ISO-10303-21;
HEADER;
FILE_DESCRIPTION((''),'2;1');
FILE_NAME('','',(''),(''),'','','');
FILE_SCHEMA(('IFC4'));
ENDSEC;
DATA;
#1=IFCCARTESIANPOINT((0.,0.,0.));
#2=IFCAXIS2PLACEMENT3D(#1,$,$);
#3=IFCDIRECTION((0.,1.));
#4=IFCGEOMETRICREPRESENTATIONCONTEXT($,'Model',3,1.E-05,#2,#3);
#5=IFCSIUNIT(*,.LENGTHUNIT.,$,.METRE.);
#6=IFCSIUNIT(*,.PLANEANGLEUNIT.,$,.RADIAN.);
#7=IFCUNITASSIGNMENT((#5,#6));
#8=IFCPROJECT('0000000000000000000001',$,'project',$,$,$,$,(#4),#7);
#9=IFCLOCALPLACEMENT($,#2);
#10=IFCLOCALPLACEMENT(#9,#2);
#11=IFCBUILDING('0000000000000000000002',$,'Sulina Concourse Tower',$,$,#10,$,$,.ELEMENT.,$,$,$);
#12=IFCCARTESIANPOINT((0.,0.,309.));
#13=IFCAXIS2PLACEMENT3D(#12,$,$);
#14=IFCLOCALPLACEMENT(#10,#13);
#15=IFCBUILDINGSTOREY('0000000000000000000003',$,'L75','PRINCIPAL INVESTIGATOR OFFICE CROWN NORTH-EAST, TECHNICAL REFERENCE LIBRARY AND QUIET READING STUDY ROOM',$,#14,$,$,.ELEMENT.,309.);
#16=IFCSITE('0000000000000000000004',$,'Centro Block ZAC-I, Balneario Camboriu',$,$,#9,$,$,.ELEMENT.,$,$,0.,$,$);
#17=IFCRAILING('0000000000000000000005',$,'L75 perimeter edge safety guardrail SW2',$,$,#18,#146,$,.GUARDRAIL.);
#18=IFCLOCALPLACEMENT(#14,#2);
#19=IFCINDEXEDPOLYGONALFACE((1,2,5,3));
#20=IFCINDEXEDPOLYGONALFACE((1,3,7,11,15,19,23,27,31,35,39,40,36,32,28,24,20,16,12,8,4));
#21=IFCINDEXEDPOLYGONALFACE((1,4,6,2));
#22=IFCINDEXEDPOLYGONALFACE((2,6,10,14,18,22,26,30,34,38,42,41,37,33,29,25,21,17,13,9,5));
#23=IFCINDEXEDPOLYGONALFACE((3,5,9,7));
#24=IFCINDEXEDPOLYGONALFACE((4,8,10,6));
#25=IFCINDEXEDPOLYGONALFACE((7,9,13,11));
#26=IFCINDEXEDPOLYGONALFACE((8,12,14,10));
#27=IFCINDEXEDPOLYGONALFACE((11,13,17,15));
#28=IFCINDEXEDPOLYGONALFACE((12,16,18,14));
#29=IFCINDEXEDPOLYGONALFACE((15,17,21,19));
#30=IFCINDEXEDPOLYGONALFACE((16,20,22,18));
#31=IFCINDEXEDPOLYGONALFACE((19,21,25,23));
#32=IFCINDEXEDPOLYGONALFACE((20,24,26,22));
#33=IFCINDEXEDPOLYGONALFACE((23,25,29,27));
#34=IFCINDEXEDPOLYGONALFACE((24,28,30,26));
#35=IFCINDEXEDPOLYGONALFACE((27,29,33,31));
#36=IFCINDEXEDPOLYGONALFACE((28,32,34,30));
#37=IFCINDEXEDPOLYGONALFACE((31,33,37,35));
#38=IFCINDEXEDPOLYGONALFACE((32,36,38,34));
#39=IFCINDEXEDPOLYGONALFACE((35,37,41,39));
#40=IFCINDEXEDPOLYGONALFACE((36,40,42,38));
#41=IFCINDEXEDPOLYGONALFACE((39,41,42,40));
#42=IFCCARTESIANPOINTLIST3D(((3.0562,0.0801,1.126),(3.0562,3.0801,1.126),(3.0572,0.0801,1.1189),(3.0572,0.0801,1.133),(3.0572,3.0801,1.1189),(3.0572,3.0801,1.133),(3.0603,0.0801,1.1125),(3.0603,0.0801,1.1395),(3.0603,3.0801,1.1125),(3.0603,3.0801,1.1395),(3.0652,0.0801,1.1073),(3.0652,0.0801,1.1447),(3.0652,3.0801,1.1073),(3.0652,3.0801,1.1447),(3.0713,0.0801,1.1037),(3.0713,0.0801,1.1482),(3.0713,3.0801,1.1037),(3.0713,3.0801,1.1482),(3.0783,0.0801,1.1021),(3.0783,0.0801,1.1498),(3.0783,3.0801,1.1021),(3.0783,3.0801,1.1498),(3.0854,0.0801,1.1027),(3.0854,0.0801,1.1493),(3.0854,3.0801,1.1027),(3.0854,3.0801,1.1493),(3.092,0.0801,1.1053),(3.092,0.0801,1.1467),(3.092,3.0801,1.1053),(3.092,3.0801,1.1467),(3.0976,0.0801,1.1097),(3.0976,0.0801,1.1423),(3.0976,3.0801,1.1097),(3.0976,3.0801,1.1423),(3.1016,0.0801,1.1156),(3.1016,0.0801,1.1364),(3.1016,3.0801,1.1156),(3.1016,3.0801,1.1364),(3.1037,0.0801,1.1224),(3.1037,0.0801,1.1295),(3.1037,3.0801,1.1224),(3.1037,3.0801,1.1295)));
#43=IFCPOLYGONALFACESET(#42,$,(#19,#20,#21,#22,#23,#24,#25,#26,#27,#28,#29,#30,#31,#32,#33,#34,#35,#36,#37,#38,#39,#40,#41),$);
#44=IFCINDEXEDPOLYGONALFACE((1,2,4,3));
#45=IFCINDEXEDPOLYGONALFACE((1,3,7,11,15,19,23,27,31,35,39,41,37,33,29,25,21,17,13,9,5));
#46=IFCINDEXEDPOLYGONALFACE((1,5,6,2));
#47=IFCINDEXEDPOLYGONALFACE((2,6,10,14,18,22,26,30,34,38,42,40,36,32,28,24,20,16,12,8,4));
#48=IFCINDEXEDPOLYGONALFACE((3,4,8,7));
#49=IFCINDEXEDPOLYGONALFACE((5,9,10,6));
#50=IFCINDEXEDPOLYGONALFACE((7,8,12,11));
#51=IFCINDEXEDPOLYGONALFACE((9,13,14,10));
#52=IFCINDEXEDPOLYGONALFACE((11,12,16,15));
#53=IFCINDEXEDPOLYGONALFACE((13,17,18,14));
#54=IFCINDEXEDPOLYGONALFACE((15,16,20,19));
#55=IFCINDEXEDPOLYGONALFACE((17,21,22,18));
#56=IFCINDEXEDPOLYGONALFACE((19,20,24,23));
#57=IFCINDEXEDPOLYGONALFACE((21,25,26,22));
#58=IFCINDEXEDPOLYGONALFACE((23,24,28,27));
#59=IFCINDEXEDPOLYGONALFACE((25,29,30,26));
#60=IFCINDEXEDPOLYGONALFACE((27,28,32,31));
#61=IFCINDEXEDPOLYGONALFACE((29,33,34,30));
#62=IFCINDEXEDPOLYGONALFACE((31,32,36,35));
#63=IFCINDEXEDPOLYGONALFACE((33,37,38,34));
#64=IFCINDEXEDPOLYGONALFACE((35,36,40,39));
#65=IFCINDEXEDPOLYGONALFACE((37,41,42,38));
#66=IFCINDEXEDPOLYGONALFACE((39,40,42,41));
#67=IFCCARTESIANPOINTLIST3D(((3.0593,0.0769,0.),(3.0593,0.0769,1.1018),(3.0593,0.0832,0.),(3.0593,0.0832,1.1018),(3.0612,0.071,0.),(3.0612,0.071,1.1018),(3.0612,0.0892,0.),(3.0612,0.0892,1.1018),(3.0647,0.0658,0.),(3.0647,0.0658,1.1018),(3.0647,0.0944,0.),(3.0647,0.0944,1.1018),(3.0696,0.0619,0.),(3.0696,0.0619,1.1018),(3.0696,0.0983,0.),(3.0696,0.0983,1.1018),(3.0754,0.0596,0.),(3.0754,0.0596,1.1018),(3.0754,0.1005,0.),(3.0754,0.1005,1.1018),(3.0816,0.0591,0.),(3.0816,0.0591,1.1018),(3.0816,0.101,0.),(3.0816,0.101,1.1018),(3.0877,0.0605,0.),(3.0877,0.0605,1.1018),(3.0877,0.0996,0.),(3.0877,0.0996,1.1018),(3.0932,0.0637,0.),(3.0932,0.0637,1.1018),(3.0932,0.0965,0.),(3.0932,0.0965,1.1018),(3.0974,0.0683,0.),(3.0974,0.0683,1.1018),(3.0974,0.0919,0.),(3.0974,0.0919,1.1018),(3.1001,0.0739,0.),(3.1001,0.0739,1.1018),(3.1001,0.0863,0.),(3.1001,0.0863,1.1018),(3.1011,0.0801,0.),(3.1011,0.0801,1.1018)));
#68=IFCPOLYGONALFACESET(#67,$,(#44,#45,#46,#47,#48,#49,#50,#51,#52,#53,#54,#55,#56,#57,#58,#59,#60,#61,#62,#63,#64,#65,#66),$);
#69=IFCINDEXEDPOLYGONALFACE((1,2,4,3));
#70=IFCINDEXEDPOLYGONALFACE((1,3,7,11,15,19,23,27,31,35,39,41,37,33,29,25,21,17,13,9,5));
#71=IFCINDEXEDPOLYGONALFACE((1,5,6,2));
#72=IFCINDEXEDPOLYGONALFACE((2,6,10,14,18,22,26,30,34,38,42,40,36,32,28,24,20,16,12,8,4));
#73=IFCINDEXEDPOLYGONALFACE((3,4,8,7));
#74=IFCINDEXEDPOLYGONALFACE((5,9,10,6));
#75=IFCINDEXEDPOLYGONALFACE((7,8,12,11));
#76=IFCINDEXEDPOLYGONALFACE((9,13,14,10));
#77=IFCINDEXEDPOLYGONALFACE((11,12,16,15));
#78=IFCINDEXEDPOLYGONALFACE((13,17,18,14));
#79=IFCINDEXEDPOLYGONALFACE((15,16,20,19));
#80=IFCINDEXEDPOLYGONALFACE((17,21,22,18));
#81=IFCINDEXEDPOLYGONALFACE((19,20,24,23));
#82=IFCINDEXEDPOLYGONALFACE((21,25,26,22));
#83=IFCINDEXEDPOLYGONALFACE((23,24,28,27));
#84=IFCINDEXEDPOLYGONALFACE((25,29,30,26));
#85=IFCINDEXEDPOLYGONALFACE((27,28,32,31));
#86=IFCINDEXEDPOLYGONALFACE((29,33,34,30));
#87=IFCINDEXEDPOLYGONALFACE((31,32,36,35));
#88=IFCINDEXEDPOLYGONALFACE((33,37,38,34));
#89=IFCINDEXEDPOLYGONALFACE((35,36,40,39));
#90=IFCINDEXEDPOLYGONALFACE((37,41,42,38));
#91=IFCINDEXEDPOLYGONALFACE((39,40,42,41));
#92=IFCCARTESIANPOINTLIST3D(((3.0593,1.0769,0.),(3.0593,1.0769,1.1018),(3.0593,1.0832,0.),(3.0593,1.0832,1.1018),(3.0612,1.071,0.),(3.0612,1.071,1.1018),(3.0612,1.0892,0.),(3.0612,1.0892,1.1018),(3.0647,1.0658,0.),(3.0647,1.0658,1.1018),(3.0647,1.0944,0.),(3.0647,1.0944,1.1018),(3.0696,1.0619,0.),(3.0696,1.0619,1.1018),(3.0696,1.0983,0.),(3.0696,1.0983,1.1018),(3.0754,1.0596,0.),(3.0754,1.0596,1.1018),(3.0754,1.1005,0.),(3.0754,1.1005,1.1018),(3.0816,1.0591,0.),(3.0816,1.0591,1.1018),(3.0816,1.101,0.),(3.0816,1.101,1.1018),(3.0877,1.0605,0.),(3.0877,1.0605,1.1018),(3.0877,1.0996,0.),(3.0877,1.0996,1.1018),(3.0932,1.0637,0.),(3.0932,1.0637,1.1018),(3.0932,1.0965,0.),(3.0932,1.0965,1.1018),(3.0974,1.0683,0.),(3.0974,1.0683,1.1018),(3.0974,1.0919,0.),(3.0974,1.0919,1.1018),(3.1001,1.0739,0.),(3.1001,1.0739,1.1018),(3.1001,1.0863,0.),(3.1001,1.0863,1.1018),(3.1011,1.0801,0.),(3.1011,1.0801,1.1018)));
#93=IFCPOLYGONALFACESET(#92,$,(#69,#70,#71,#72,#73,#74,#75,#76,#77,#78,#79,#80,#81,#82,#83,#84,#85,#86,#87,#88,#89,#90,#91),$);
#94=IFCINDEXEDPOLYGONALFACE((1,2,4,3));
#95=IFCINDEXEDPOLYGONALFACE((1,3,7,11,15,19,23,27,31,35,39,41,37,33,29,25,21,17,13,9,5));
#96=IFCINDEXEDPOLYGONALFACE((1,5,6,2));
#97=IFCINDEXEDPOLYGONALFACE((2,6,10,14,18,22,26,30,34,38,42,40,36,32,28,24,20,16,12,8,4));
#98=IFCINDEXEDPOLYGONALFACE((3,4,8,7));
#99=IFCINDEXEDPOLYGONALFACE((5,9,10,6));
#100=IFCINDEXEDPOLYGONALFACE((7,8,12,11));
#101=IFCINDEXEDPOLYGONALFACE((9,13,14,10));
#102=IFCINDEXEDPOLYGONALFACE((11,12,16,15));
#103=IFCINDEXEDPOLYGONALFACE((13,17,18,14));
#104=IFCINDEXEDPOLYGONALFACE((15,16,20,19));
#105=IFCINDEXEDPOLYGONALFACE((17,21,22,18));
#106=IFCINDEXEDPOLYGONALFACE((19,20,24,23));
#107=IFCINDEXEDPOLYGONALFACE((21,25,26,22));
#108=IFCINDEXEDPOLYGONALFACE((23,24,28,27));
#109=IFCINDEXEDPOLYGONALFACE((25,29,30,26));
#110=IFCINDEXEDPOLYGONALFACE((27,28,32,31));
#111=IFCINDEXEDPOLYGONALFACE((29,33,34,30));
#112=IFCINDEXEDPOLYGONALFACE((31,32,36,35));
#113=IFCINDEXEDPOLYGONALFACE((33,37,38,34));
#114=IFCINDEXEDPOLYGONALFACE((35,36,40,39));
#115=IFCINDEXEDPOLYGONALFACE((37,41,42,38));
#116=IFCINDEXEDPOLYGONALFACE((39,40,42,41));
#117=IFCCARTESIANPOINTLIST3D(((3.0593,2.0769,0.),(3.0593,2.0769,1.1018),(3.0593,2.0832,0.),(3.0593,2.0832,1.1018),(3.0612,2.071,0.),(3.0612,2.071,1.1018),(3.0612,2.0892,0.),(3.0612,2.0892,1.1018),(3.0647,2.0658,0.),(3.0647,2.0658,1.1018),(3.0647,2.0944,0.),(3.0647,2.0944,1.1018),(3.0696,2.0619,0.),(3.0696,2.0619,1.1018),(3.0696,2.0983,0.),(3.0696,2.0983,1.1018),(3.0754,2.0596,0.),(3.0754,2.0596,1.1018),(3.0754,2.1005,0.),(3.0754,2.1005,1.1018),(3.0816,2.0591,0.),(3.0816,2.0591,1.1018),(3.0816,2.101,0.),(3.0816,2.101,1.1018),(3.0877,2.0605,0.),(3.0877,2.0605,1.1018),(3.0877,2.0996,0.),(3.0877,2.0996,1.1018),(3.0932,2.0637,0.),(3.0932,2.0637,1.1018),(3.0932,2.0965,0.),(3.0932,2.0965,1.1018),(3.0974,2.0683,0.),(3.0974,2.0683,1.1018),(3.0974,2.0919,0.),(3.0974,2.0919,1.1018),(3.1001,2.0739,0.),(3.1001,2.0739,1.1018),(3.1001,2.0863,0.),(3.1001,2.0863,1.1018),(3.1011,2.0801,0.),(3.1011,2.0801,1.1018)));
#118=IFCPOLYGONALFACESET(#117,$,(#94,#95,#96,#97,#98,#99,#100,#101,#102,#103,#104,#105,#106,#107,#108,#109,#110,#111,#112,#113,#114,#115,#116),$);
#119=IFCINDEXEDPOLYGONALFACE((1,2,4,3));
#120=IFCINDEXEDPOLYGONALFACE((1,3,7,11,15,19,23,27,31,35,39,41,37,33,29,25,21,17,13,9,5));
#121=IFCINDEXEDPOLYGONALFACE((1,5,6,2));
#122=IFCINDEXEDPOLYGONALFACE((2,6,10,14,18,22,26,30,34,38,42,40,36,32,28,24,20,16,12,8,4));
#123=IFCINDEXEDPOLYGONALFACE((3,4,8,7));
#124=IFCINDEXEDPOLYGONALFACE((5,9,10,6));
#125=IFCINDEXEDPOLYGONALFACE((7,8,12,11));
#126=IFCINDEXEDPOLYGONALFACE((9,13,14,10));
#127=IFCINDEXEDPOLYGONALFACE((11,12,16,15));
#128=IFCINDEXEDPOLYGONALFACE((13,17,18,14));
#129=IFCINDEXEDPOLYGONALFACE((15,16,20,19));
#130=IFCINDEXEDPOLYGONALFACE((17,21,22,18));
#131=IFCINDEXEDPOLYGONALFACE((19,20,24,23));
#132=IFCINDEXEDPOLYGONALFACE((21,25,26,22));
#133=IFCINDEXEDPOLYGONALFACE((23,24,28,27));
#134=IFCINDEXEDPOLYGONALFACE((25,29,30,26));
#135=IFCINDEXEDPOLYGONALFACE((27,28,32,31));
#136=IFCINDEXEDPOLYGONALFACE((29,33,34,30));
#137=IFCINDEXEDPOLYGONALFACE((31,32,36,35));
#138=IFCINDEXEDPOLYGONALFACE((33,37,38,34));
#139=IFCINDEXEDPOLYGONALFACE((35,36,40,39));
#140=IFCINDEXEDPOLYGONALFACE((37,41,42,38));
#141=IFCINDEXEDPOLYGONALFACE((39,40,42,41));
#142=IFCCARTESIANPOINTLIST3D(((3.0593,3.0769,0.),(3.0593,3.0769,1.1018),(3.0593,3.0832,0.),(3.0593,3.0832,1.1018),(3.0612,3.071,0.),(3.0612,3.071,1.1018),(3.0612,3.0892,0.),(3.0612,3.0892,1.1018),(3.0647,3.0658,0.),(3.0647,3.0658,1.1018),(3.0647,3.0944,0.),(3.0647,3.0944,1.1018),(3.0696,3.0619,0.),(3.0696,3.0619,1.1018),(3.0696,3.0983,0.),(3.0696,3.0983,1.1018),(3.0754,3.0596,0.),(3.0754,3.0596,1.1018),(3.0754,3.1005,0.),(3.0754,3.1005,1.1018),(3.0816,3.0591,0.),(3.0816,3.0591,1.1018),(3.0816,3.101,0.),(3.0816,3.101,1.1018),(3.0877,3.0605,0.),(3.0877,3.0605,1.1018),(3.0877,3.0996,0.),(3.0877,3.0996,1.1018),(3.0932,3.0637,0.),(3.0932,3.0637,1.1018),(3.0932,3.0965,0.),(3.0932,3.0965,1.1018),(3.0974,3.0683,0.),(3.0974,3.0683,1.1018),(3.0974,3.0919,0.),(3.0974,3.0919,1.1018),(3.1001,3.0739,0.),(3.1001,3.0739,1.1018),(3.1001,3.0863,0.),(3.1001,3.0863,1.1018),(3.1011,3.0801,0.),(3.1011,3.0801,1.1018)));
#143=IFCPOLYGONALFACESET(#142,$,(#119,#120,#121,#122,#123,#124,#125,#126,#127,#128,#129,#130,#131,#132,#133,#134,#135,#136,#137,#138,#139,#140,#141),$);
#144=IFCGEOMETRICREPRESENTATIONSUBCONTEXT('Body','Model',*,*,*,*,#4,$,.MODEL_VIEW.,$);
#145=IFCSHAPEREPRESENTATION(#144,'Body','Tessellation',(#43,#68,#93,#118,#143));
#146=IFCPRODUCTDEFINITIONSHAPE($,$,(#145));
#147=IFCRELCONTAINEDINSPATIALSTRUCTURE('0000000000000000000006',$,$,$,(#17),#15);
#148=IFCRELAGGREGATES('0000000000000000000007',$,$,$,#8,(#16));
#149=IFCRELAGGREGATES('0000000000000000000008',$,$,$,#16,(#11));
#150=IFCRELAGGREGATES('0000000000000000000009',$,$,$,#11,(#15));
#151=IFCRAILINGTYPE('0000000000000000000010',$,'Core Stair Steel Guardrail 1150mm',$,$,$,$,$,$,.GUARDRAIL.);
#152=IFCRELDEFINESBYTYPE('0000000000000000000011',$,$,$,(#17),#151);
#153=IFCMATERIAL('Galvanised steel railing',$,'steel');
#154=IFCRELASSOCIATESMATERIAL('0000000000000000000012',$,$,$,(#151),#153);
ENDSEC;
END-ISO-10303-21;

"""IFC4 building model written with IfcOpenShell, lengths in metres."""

from ifc_helpers import new_model, si_unit, direction, frame, origin, origin_2d, place, context, subcontext, project, spatial, circle, extrude, material, type_object, element, save


model = new_model("IFC4")

# Units and contexts
model_context = context("Model", 3, precision=1e-05, world=origin(), true_north=direction((0.0, 1.0)))
body_context = subcontext(model_context, "Body", "Model", "MODEL_VIEW")
ifc_project = project(units=[si_unit("LENGTHUNIT", "METRE"), si_unit("PLANEANGLEUNIT", "RADIAN")], contexts=[model_context])

# Site, building, storey
site_placement = place(None, origin())
site = spatial("IfcSite", under=ifc_project, at=site_placement, Name="Centro Block ZAC-I, Balneario Camboriu", CompositionType="ELEMENT", RefElevation=0.0)
building_placement = place(site_placement, origin())
building = spatial("IfcBuilding", under=site, at=building_placement, Name="Sulina Concourse Tower", CompositionType="ELEMENT")
storey_placement = place(building_placement, frame((0.0, 0.0, 309.0)))
storey = spatial("IfcBuildingStorey", under=building, at=storey_placement, Name="L75", Description="PRINCIPAL INVESTIGATOR OFFICE CROWN NORTH-EAST, TECHNICAL REFERENCE LIBRARY AND QUIET READING STUDY ROOM", CompositionType="ELEMENT", Elevation=309.0)

# Railing
ifc_material_1 = material(Name="Galvanised steel railing", Category="steel")
railing_type = type_object("IfcRailingType", Name="Core Stair Steel Guardrail 1150mm", PredefinedType="GUARDRAIL", material=ifc_material_1)
railing_1_placement = place(storey_placement, frame((3.0801, 0.0801, 0.0)))
element("IfcRailing", 1, at=railing_1_placement, inside=storey, type_object=railing_type, Name="L75 perimeter edge safety guardrail SW2", PredefinedType="GUARDRAIL", context=body_context, shape_type="SweptSolid", body=[
    extrude(circle(Radius=0.0239, at=origin_2d()), frame((0.0, 0.0, 1.126), z_axis=(0.0, 1.0, 0.0), x_axis=(-1.0, 0.0, 0.0)), (0.0, 0.0, 1.0), 3.0),
    extrude(circle(Radius=0.021, at=origin_2d()), origin(), (0.0, 0.0, 1.0), 1.1018),
    extrude(circle(Radius=0.021, at=origin_2d()), frame((0.0, 1.0, 0.0)), (0.0, 0.0, 1.0), 1.1018),
    extrude(circle(Radius=0.021, at=origin_2d()), frame((0.0, 2.0, 0.0)), (0.0, 0.0, 1.0), 1.1018),
    extrude(circle(Radius=0.021, at=origin_2d()), frame((0.0, 3.0, 0.0)), (0.0, 0.0, 1.0), 1.1018),
])

save(model, "model.ifc")
